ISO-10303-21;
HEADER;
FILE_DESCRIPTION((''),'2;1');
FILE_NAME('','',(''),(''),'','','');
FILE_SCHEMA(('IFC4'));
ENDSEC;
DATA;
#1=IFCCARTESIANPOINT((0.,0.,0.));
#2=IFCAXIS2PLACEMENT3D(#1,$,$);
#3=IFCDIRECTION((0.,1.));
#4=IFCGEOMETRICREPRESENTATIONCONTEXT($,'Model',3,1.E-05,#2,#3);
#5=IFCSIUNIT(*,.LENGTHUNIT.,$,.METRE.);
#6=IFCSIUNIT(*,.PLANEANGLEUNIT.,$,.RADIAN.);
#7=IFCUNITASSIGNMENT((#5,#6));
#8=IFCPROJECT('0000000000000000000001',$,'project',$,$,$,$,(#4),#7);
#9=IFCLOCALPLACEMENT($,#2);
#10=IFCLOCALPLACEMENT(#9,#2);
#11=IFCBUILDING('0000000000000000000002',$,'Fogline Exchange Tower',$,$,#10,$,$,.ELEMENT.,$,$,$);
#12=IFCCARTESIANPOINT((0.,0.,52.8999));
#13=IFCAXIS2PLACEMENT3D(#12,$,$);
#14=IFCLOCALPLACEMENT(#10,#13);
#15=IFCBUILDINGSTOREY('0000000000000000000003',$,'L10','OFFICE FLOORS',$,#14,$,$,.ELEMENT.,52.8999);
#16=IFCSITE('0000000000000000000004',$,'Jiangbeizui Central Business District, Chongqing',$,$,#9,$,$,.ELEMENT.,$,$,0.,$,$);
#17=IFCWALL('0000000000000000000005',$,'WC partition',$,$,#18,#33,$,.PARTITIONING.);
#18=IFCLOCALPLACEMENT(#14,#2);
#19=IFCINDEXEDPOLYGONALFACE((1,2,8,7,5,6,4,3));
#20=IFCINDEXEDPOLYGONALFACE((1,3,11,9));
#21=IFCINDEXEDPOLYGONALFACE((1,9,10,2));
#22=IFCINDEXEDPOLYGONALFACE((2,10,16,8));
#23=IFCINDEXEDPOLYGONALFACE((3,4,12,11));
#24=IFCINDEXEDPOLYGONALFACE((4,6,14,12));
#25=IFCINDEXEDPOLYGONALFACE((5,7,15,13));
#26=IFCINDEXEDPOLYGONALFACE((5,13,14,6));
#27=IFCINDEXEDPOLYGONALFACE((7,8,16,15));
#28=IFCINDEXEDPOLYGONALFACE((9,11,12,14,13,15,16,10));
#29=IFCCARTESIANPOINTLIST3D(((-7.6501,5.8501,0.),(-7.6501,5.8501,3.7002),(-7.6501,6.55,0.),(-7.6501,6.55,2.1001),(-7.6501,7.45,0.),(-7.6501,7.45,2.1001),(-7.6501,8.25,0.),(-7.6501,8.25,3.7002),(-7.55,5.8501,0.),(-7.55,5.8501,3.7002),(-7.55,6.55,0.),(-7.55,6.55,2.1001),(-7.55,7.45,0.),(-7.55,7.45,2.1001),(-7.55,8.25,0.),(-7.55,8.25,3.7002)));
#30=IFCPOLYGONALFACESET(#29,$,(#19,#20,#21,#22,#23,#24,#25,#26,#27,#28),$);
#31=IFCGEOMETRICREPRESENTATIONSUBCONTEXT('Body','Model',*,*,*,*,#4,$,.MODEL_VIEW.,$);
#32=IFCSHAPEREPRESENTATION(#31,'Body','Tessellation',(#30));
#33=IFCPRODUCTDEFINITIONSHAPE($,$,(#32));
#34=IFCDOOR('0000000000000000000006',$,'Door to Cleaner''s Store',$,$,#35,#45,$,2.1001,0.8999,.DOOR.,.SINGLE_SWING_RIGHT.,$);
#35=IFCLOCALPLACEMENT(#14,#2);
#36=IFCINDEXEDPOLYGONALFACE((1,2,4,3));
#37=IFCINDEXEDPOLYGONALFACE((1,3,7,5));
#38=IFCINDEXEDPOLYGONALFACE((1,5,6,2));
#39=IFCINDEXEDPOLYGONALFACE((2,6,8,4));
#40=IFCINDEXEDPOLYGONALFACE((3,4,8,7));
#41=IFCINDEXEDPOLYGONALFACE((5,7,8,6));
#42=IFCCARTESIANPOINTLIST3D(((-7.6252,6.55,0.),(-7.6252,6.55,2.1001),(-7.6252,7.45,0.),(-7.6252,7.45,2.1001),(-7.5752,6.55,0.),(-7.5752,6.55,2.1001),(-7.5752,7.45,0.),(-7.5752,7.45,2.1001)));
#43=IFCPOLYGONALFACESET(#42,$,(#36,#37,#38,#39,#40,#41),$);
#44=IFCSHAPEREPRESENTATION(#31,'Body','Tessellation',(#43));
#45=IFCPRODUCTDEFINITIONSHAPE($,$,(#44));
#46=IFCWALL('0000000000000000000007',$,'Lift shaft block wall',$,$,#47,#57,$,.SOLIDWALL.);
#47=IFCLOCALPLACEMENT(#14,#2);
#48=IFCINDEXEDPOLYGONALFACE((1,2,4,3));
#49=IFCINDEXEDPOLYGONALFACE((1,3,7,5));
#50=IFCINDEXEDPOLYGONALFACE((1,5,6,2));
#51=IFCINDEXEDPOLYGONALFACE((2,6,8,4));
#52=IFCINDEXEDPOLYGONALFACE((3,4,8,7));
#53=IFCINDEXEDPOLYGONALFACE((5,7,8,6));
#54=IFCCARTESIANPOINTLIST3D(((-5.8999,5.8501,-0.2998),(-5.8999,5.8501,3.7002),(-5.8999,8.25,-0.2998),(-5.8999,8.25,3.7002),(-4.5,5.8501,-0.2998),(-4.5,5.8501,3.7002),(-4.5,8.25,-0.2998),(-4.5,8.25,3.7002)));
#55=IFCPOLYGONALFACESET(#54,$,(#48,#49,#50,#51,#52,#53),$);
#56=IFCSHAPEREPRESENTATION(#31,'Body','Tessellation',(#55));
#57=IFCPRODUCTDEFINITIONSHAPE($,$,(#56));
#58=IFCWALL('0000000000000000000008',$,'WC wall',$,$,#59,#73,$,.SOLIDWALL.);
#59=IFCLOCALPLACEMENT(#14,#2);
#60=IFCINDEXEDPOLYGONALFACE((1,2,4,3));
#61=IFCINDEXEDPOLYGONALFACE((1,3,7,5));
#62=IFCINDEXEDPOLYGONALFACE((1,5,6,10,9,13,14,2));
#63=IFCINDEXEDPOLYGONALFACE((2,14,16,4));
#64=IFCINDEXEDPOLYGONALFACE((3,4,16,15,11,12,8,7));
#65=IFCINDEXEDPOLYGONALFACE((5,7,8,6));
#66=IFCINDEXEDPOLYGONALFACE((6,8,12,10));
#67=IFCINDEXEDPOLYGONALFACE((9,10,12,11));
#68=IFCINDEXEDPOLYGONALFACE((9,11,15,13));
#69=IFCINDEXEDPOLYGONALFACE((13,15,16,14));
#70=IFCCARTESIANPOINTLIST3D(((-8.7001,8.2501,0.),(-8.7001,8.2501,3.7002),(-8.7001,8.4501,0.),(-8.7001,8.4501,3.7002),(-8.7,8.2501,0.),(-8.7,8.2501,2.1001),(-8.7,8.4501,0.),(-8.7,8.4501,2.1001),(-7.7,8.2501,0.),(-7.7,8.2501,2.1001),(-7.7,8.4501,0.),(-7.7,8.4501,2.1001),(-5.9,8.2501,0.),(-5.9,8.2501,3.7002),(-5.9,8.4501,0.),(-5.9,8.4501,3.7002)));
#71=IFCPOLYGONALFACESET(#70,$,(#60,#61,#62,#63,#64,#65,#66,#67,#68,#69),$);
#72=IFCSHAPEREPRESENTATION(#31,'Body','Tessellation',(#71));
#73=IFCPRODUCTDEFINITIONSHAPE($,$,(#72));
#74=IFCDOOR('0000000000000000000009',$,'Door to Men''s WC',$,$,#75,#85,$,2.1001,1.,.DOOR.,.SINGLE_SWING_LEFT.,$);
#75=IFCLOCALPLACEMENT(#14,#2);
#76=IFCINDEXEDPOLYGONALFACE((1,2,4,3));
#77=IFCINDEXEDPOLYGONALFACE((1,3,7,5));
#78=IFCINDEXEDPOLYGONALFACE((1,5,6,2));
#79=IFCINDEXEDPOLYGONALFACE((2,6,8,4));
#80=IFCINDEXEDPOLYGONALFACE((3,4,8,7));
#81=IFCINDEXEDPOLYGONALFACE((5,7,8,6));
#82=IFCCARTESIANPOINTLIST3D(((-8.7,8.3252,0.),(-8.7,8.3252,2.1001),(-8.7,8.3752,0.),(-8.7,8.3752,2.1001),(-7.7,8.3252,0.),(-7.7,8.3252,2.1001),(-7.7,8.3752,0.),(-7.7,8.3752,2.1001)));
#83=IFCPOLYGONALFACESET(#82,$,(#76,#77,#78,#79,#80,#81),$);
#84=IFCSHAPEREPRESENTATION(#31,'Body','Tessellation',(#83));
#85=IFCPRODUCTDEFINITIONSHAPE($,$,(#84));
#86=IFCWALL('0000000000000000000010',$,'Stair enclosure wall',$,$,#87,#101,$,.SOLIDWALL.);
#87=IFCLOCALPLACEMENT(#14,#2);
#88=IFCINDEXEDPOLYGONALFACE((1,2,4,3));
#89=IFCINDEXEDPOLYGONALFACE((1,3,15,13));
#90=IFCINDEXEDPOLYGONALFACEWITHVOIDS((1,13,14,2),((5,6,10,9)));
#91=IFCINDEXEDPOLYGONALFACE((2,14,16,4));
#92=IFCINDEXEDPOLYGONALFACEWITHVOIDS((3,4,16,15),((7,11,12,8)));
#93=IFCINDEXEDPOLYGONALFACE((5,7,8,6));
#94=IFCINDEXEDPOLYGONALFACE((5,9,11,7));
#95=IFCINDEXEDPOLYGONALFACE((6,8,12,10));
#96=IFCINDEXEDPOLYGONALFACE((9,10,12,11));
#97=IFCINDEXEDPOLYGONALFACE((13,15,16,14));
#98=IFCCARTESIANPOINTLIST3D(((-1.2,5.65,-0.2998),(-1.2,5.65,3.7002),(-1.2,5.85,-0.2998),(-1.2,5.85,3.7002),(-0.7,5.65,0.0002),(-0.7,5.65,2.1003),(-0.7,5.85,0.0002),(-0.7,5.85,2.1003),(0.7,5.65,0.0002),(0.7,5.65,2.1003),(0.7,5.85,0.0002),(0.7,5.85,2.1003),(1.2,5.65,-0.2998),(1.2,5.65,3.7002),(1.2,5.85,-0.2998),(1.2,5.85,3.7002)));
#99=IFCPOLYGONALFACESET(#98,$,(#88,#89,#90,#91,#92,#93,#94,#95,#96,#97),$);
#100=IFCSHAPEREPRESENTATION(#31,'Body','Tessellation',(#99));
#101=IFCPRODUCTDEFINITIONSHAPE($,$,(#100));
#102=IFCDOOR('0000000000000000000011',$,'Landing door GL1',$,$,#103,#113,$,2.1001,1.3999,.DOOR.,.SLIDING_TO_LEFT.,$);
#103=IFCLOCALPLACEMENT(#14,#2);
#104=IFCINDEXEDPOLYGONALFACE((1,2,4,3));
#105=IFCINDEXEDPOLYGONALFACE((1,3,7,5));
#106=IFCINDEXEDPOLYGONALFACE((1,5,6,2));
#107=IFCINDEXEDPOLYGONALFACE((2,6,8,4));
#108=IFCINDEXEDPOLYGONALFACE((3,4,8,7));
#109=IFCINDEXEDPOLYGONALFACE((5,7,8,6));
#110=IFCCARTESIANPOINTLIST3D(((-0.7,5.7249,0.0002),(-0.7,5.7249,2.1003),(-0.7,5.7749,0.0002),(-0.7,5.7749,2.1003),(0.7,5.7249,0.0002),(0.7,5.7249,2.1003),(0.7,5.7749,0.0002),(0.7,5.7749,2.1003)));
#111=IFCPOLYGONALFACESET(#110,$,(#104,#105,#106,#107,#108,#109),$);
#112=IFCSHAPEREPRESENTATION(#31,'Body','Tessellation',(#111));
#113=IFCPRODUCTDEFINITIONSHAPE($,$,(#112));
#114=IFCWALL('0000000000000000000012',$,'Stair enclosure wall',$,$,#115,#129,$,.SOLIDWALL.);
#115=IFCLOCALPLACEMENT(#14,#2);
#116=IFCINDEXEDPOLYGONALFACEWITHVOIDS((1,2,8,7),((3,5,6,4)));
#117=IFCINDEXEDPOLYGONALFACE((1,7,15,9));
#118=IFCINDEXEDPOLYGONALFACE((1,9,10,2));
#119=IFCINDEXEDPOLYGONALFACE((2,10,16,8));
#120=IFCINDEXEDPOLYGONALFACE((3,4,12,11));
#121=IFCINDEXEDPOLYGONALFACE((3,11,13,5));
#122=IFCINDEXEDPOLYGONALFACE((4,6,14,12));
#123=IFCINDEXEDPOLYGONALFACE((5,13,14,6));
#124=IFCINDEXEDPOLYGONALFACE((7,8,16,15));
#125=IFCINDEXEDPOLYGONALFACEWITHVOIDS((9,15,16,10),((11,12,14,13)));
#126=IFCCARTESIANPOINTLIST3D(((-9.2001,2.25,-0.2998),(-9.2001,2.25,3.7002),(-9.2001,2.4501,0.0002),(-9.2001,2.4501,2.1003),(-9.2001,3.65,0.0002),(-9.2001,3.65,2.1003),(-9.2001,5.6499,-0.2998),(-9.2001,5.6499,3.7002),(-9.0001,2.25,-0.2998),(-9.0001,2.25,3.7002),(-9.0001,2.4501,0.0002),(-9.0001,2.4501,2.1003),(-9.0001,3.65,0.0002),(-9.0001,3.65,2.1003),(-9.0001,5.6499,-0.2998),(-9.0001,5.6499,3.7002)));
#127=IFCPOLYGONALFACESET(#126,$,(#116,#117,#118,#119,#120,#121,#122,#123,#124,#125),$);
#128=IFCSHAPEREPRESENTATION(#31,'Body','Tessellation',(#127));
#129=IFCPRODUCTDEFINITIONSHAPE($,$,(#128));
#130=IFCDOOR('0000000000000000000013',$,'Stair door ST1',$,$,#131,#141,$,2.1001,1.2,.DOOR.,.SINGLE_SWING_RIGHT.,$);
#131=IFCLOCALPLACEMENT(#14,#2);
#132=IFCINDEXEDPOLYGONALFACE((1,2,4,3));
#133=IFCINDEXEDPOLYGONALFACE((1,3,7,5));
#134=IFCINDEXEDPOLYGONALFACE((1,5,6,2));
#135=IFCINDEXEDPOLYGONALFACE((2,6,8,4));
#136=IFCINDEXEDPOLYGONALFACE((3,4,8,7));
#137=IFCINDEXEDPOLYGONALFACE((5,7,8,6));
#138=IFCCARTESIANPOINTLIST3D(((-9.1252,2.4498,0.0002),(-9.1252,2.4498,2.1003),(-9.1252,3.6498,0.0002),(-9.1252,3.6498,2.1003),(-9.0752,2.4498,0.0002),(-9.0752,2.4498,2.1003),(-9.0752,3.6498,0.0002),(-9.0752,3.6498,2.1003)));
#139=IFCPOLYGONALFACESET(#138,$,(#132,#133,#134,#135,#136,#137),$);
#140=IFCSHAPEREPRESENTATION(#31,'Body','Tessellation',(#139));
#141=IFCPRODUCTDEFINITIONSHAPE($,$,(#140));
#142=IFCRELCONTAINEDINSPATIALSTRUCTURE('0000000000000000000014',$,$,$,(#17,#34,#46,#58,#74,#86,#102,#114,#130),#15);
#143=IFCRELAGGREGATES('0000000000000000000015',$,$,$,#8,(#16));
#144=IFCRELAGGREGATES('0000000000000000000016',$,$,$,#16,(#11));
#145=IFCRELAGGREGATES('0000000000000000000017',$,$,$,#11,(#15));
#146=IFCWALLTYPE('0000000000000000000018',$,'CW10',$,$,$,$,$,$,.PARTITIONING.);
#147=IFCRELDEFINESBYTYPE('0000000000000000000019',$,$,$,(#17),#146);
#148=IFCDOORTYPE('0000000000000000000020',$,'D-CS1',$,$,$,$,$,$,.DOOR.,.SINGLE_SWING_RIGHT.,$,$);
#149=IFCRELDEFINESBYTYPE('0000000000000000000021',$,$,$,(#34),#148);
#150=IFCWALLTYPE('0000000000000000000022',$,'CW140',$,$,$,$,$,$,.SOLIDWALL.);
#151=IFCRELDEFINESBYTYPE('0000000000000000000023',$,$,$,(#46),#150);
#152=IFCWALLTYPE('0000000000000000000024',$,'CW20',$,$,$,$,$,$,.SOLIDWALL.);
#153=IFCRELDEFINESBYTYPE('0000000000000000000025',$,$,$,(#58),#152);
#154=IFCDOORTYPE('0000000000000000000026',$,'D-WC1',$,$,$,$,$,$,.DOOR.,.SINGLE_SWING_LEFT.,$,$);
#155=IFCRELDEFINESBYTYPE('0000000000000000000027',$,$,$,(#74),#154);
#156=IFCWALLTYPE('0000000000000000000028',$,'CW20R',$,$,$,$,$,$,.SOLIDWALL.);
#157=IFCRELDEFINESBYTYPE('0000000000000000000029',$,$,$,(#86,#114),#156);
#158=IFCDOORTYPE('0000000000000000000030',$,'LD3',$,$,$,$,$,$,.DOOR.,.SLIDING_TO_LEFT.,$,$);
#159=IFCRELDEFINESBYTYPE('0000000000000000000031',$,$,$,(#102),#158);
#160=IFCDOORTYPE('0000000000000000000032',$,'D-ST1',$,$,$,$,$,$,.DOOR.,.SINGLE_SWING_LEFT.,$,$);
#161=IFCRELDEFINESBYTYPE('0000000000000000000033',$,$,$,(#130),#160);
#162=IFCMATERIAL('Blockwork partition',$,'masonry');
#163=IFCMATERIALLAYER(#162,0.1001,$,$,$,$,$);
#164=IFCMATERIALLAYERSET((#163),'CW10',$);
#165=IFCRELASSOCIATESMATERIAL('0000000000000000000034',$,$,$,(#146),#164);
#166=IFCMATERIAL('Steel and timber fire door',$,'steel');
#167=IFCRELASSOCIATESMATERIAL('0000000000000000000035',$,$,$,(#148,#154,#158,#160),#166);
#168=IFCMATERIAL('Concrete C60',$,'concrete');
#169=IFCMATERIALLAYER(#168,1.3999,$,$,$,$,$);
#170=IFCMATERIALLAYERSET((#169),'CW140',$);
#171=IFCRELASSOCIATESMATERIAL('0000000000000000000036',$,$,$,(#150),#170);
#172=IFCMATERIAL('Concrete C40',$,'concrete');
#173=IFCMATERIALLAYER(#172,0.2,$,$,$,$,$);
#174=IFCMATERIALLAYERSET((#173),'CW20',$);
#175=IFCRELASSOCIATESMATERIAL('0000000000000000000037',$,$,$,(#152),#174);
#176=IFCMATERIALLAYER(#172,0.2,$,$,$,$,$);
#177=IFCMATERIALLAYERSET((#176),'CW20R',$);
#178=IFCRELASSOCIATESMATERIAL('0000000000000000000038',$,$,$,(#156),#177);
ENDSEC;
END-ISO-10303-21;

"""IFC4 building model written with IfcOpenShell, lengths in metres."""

from ifc_helpers import new_model, si_unit, direction, frame, frame_2d, origin, place, context, subcontext, project, spatial, rectangle, extrude, material, layer, layer_set, type_object, element, fill, save


model = new_model("IFC4")

# Units and contexts
model_context = context("Model", 3, precision=1e-05, world=origin(), true_north=direction((0.0, 1.0)))
body_context = subcontext(model_context, "Body", "Model", "MODEL_VIEW")
ifc_project = project(units=[si_unit("LENGTHUNIT", "METRE"), si_unit("PLANEANGLEUNIT", "RADIAN")], contexts=[model_context])

# Site, building, storey
site_placement = place(None, origin())
site = spatial("IfcSite", under=ifc_project, at=site_placement, Name="Jiangbeizui Central Business District, Chongqing", CompositionType="ELEMENT", RefElevation=0.0)
building_placement = place(site_placement, origin())
building = spatial("IfcBuilding", under=site, at=building_placement, Name="Fogline Exchange Tower", CompositionType="ELEMENT")
storey_placement = place(building_placement, frame((0.0, 0.0, 52.8999)))
storey = spatial("IfcBuildingStorey", under=building, at=storey_placement, Name="L10", Description="OFFICE FLOORS", CompositionType="ELEMENT", Elevation=52.8999)

# Wall, opening, door
ifc_material_1 = material(Name="Blockwork partition", Category="masonry")
ifc_layer_1 = layer(ifc_material_1, 0.1001)
ifc_layer_set_1 = layer_set([ifc_layer_1], Name="CW10")
wall_type_1 = type_object("IfcWallType", Name="CW10", PredefinedType="PARTITIONING", material=ifc_layer_set_1)
wall_1_placement = place(storey_placement, frame((-7.6001, 5.8501, 0.0), z_axis=(0.0, 0.0, 1.0), x_axis=(0.0, 1.0, 0.0)))
wall_1 = element("IfcWall", 1, at=wall_1_placement, inside=storey, type_object=wall_type_1, Name="WC partition", PredefinedType="PARTITIONING", context=body_context, shape_type="SweptSolid", body=[
    extrude(rectangle(XDim=2.3999, YDim=0.1001, at=frame_2d((1.2, 0.0))), origin(), (0.0, 0.0, 1.0), 3.7002),
])
opening_1_placement = place(wall_1_placement, frame((0.7, 0.0, 0.0)))
opening_1 = element("IfcOpeningElement", 2, at=opening_1_placement, cuts=wall_1, PredefinedType="OPENING", context=body_context, shape_type="SweptSolid", body=[
    extrude(rectangle(XDim=0.8999, YDim=2.1001, at=frame_2d((0.45, 1.05))), frame((0.0, 0.0601, 0.0), z_axis=(0.0, -1.0, 0.0), x_axis=(1.0, 0.0, 0.0)), (0.0, 0.0, 1.0), 0.1201),
])
ifc_material_2 = material(Name="Steel and timber fire door", Category="steel")
door_type_1 = type_object("IfcDoorType", Name="D-CS1", OperationType="SINGLE_SWING_RIGHT", PredefinedType="DOOR", material=ifc_material_2)
door_1_placement = place(opening_1_placement, frame((0.8999, 0.0, 0.0), z_axis=(0.0, 0.0, 1.0), x_axis=(-1.0, 0.0, 0.0)))
door_1 = element("IfcDoor", 3, at=door_1_placement, inside=storey, type_object=door_type_1, Name="Door to Cleaner's Store", OperationType="SINGLE_SWING_RIGHT", OverallHeight=2.1001, OverallWidth=0.8999, PredefinedType="DOOR", context=body_context, shape_type="SweptSolid", body=[
    extrude(rectangle(XDim=0.8999, YDim=2.1001, at=frame_2d((0.45, 1.05))), frame((0.0, 0.0249, 0.0), z_axis=(0.0, -1.0, 0.0), x_axis=(1.0, 0.0, 0.0)), (0.0, 0.0, 1.0), 0.05),
])
fill(opening_1, door_1)

# Wall
ifc_material_3 = material(Name="Concrete C60", Category="concrete")
ifc_layer_2 = layer(ifc_material_3, 1.3999)
ifc_layer_set_2 = layer_set([ifc_layer_2], Name="CW140")
wall_type_2 = type_object("IfcWallType", Name="CW140", PredefinedType="SOLIDWALL", material=ifc_layer_set_2)
wall_2_placement = place(storey_placement, frame((-5.2, 5.8501, -0.2998), z_axis=(0.0, 0.0, 1.0), x_axis=(0.0, 1.0, 0.0)))
element("IfcWall", 4, at=wall_2_placement, inside=storey, type_object=wall_type_2, Name="Lift shaft block wall", PredefinedType="SOLIDWALL", context=body_context, shape_type="SweptSolid", body=[
    extrude(rectangle(XDim=2.3999, YDim=1.3999, at=frame_2d((1.2, 0.0))), origin(), (0.0, 0.0, 1.0), 4.0),
])

# Walls, openings, doors
ifc_material_4 = material(Name="Concrete C40", Category="concrete")
ifc_layer_3 = layer(ifc_material_4, 0.2)
ifc_layer_set_3 = layer_set([ifc_layer_3], Name="CW20")
wall_type_3 = type_object("IfcWallType", Name="CW20", PredefinedType="SOLIDWALL", material=ifc_layer_set_3)
wall_3_placement = place(storey_placement, frame((-8.7, 8.3501, 0.0), z_axis=(0.0, 0.0, 1.0), x_axis=(1.0, 0.0, 0.0)))
wall_3 = element("IfcWall", 5, at=wall_3_placement, inside=storey, type_object=wall_type_3, Name="WC wall", PredefinedType="SOLIDWALL", context=body_context, shape_type="SweptSolid", body=[
    extrude(rectangle(XDim=2.8, YDim=0.2, at=frame_2d((1.3999, 0.0))), origin(), (0.0, 0.0, 1.0), 3.7002),
])
opening_2_placement = place(wall_3_placement, origin())
opening_2 = element("IfcOpeningElement", 6, at=opening_2_placement, cuts=wall_3, PredefinedType="OPENING", context=body_context, shape_type="SweptSolid", body=[
    extrude(rectangle(XDim=1.0, YDim=2.1001, at=frame_2d((0.5, 1.05))), frame((0.0, 0.1099, 0.0), z_axis=(0.0, -1.0, 0.0), x_axis=(1.0, 0.0, 0.0)), (0.0, 0.0, 1.0), 0.22),
])
door_type_2 = type_object("IfcDoorType", Name="D-WC1", OperationType="SINGLE_SWING_LEFT", PredefinedType="DOOR", material=ifc_material_2)
door_2_placement = place(opening_2_placement, frame((1.0, 0.0, 0.0), z_axis=(0.0, 0.0, 1.0), x_axis=(-1.0, 0.0, 0.0)))
door_2 = element("IfcDoor", 7, at=door_2_placement, inside=storey, type_object=door_type_2, Name="Door to Men's WC", OperationType="SINGLE_SWING_LEFT", OverallHeight=2.1001, OverallWidth=1.0, PredefinedType="DOOR", context=body_context, shape_type="SweptSolid", body=[
    extrude(rectangle(XDim=1.0, YDim=2.1001, at=frame_2d((0.5, 1.05))), frame((0.0, 0.0249, 0.0), z_axis=(0.0, -1.0, 0.0), x_axis=(1.0, 0.0, 0.0)), (0.0, 0.0, 1.0), 0.05),
])
fill(opening_2, door_2)
ifc_layer_4 = layer(ifc_material_4, 0.2)
ifc_layer_set_4 = layer_set([ifc_layer_4], Name="CW20R")
wall_type_4 = type_object("IfcWallType", Name="CW20R", PredefinedType="SOLIDWALL", material=ifc_layer_set_4)
wall_4_placement = place(storey_placement, frame((-1.2, 5.75, -0.2998), z_axis=(0.0, 0.0, 1.0), x_axis=(1.0, 0.0, 0.0)))
wall_4 = element("IfcWall", 8, at=wall_4_placement, inside=storey, type_object=wall_type_4, Name="Stair enclosure wall", PredefinedType="SOLIDWALL", context=body_context, shape_type="SweptSolid", body=[
    extrude(rectangle(XDim=2.3999, YDim=0.2, at=frame_2d((1.2, 0.0))), origin(), (0.0, 0.0, 1.0), 4.0),
])
opening_3_placement = place(wall_4_placement, frame((0.5, 0.0, 0.3)))
opening_3 = element("IfcOpeningElement", 9, at=opening_3_placement, cuts=wall_4, PredefinedType="OPENING", context=body_context, shape_type="SweptSolid", body=[
    extrude(rectangle(XDim=1.3999, YDim=2.1001, at=frame_2d((0.7, 1.05))), frame((0.0, 0.1099, 0.0), z_axis=(0.0, -1.0, 0.0), x_axis=(1.0, 0.0, 0.0)), (0.0, 0.0, 1.0), 0.22),
])
door_type_3 = type_object("IfcDoorType", Name="LD3", OperationType="SLIDING_TO_LEFT", PredefinedType="DOOR", material=ifc_material_2)
door_3_placement = place(opening_3_placement, origin())
door_3 = element("IfcDoor", 10, at=door_3_placement, inside=storey, type_object=door_type_3, Name="Landing door GL1", OperationType="SLIDING_TO_LEFT", OverallHeight=2.1001, OverallWidth=1.3999, PredefinedType="DOOR", context=body_context, shape_type="SweptSolid", body=[
    extrude(rectangle(XDim=1.3999, YDim=2.1001, at=frame_2d((0.7, 1.05))), frame((0.0, 0.0249, 0.0), z_axis=(0.0, -1.0, 0.0), x_axis=(1.0, 0.0, 0.0)), (0.0, 0.0, 1.0), 0.05),
])
fill(opening_3, door_3)
wall_5_placement = place(storey_placement, frame((-9.1001, 2.25, -0.2998), z_axis=(0.0, 0.0, 1.0), x_axis=(0.0, 1.0, 0.0)))
wall_5 = element("IfcWall", 11, at=wall_5_placement, inside=storey, type_object=wall_type_4, Name="Stair enclosure wall", PredefinedType="SOLIDWALL", context=body_context, shape_type="SweptSolid", body=[
    extrude(rectangle(XDim=3.3999, YDim=0.2, at=frame_2d((1.7, 0.0))), origin(), (0.0, 0.0, 1.0), 4.0),
])
opening_4_placement = place(wall_5_placement, frame((0.2, 0.0, 0.3)))
opening_4 = element("IfcOpeningElement", 12, at=opening_4_placement, cuts=wall_5, PredefinedType="OPENING", context=body_context, shape_type="SweptSolid", body=[
    extrude(rectangle(XDim=1.2, YDim=2.1001, at=frame_2d((0.6001, 1.05))), frame((0.0, 0.1099, 0.0), z_axis=(0.0, -1.0, 0.0), x_axis=(1.0, 0.0, 0.0)), (0.0, 0.0, 1.0), 0.22),
])
door_type_4 = type_object("IfcDoorType", Name="D-ST1", OperationType="SINGLE_SWING_LEFT", PredefinedType="DOOR", material=ifc_material_2)
door_4_placement = place(opening_4_placement, frame((1.2, 0.0, 0.0), z_axis=(0.0, 0.0, 1.0), x_axis=(-1.0, 0.0, 0.0)))
door_4 = element("IfcDoor", 13, at=door_4_placement, inside=storey, type_object=door_type_4, Name="Stair door ST1", OperationType="SINGLE_SWING_RIGHT", OverallHeight=2.1001, OverallWidth=1.2, PredefinedType="DOOR", context=body_context, shape_type="SweptSolid", body=[
    extrude(rectangle(XDim=1.2, YDim=2.1001, at=frame_2d((0.6001, 1.05))), frame((0.0, 0.0249, 0.0), z_axis=(0.0, -1.0, 0.0), x_axis=(1.0, 0.0, 0.0)), (0.0, 0.0, 1.0), 0.05),
])
fill(opening_4, door_4)

save(model, "model.ifc")
